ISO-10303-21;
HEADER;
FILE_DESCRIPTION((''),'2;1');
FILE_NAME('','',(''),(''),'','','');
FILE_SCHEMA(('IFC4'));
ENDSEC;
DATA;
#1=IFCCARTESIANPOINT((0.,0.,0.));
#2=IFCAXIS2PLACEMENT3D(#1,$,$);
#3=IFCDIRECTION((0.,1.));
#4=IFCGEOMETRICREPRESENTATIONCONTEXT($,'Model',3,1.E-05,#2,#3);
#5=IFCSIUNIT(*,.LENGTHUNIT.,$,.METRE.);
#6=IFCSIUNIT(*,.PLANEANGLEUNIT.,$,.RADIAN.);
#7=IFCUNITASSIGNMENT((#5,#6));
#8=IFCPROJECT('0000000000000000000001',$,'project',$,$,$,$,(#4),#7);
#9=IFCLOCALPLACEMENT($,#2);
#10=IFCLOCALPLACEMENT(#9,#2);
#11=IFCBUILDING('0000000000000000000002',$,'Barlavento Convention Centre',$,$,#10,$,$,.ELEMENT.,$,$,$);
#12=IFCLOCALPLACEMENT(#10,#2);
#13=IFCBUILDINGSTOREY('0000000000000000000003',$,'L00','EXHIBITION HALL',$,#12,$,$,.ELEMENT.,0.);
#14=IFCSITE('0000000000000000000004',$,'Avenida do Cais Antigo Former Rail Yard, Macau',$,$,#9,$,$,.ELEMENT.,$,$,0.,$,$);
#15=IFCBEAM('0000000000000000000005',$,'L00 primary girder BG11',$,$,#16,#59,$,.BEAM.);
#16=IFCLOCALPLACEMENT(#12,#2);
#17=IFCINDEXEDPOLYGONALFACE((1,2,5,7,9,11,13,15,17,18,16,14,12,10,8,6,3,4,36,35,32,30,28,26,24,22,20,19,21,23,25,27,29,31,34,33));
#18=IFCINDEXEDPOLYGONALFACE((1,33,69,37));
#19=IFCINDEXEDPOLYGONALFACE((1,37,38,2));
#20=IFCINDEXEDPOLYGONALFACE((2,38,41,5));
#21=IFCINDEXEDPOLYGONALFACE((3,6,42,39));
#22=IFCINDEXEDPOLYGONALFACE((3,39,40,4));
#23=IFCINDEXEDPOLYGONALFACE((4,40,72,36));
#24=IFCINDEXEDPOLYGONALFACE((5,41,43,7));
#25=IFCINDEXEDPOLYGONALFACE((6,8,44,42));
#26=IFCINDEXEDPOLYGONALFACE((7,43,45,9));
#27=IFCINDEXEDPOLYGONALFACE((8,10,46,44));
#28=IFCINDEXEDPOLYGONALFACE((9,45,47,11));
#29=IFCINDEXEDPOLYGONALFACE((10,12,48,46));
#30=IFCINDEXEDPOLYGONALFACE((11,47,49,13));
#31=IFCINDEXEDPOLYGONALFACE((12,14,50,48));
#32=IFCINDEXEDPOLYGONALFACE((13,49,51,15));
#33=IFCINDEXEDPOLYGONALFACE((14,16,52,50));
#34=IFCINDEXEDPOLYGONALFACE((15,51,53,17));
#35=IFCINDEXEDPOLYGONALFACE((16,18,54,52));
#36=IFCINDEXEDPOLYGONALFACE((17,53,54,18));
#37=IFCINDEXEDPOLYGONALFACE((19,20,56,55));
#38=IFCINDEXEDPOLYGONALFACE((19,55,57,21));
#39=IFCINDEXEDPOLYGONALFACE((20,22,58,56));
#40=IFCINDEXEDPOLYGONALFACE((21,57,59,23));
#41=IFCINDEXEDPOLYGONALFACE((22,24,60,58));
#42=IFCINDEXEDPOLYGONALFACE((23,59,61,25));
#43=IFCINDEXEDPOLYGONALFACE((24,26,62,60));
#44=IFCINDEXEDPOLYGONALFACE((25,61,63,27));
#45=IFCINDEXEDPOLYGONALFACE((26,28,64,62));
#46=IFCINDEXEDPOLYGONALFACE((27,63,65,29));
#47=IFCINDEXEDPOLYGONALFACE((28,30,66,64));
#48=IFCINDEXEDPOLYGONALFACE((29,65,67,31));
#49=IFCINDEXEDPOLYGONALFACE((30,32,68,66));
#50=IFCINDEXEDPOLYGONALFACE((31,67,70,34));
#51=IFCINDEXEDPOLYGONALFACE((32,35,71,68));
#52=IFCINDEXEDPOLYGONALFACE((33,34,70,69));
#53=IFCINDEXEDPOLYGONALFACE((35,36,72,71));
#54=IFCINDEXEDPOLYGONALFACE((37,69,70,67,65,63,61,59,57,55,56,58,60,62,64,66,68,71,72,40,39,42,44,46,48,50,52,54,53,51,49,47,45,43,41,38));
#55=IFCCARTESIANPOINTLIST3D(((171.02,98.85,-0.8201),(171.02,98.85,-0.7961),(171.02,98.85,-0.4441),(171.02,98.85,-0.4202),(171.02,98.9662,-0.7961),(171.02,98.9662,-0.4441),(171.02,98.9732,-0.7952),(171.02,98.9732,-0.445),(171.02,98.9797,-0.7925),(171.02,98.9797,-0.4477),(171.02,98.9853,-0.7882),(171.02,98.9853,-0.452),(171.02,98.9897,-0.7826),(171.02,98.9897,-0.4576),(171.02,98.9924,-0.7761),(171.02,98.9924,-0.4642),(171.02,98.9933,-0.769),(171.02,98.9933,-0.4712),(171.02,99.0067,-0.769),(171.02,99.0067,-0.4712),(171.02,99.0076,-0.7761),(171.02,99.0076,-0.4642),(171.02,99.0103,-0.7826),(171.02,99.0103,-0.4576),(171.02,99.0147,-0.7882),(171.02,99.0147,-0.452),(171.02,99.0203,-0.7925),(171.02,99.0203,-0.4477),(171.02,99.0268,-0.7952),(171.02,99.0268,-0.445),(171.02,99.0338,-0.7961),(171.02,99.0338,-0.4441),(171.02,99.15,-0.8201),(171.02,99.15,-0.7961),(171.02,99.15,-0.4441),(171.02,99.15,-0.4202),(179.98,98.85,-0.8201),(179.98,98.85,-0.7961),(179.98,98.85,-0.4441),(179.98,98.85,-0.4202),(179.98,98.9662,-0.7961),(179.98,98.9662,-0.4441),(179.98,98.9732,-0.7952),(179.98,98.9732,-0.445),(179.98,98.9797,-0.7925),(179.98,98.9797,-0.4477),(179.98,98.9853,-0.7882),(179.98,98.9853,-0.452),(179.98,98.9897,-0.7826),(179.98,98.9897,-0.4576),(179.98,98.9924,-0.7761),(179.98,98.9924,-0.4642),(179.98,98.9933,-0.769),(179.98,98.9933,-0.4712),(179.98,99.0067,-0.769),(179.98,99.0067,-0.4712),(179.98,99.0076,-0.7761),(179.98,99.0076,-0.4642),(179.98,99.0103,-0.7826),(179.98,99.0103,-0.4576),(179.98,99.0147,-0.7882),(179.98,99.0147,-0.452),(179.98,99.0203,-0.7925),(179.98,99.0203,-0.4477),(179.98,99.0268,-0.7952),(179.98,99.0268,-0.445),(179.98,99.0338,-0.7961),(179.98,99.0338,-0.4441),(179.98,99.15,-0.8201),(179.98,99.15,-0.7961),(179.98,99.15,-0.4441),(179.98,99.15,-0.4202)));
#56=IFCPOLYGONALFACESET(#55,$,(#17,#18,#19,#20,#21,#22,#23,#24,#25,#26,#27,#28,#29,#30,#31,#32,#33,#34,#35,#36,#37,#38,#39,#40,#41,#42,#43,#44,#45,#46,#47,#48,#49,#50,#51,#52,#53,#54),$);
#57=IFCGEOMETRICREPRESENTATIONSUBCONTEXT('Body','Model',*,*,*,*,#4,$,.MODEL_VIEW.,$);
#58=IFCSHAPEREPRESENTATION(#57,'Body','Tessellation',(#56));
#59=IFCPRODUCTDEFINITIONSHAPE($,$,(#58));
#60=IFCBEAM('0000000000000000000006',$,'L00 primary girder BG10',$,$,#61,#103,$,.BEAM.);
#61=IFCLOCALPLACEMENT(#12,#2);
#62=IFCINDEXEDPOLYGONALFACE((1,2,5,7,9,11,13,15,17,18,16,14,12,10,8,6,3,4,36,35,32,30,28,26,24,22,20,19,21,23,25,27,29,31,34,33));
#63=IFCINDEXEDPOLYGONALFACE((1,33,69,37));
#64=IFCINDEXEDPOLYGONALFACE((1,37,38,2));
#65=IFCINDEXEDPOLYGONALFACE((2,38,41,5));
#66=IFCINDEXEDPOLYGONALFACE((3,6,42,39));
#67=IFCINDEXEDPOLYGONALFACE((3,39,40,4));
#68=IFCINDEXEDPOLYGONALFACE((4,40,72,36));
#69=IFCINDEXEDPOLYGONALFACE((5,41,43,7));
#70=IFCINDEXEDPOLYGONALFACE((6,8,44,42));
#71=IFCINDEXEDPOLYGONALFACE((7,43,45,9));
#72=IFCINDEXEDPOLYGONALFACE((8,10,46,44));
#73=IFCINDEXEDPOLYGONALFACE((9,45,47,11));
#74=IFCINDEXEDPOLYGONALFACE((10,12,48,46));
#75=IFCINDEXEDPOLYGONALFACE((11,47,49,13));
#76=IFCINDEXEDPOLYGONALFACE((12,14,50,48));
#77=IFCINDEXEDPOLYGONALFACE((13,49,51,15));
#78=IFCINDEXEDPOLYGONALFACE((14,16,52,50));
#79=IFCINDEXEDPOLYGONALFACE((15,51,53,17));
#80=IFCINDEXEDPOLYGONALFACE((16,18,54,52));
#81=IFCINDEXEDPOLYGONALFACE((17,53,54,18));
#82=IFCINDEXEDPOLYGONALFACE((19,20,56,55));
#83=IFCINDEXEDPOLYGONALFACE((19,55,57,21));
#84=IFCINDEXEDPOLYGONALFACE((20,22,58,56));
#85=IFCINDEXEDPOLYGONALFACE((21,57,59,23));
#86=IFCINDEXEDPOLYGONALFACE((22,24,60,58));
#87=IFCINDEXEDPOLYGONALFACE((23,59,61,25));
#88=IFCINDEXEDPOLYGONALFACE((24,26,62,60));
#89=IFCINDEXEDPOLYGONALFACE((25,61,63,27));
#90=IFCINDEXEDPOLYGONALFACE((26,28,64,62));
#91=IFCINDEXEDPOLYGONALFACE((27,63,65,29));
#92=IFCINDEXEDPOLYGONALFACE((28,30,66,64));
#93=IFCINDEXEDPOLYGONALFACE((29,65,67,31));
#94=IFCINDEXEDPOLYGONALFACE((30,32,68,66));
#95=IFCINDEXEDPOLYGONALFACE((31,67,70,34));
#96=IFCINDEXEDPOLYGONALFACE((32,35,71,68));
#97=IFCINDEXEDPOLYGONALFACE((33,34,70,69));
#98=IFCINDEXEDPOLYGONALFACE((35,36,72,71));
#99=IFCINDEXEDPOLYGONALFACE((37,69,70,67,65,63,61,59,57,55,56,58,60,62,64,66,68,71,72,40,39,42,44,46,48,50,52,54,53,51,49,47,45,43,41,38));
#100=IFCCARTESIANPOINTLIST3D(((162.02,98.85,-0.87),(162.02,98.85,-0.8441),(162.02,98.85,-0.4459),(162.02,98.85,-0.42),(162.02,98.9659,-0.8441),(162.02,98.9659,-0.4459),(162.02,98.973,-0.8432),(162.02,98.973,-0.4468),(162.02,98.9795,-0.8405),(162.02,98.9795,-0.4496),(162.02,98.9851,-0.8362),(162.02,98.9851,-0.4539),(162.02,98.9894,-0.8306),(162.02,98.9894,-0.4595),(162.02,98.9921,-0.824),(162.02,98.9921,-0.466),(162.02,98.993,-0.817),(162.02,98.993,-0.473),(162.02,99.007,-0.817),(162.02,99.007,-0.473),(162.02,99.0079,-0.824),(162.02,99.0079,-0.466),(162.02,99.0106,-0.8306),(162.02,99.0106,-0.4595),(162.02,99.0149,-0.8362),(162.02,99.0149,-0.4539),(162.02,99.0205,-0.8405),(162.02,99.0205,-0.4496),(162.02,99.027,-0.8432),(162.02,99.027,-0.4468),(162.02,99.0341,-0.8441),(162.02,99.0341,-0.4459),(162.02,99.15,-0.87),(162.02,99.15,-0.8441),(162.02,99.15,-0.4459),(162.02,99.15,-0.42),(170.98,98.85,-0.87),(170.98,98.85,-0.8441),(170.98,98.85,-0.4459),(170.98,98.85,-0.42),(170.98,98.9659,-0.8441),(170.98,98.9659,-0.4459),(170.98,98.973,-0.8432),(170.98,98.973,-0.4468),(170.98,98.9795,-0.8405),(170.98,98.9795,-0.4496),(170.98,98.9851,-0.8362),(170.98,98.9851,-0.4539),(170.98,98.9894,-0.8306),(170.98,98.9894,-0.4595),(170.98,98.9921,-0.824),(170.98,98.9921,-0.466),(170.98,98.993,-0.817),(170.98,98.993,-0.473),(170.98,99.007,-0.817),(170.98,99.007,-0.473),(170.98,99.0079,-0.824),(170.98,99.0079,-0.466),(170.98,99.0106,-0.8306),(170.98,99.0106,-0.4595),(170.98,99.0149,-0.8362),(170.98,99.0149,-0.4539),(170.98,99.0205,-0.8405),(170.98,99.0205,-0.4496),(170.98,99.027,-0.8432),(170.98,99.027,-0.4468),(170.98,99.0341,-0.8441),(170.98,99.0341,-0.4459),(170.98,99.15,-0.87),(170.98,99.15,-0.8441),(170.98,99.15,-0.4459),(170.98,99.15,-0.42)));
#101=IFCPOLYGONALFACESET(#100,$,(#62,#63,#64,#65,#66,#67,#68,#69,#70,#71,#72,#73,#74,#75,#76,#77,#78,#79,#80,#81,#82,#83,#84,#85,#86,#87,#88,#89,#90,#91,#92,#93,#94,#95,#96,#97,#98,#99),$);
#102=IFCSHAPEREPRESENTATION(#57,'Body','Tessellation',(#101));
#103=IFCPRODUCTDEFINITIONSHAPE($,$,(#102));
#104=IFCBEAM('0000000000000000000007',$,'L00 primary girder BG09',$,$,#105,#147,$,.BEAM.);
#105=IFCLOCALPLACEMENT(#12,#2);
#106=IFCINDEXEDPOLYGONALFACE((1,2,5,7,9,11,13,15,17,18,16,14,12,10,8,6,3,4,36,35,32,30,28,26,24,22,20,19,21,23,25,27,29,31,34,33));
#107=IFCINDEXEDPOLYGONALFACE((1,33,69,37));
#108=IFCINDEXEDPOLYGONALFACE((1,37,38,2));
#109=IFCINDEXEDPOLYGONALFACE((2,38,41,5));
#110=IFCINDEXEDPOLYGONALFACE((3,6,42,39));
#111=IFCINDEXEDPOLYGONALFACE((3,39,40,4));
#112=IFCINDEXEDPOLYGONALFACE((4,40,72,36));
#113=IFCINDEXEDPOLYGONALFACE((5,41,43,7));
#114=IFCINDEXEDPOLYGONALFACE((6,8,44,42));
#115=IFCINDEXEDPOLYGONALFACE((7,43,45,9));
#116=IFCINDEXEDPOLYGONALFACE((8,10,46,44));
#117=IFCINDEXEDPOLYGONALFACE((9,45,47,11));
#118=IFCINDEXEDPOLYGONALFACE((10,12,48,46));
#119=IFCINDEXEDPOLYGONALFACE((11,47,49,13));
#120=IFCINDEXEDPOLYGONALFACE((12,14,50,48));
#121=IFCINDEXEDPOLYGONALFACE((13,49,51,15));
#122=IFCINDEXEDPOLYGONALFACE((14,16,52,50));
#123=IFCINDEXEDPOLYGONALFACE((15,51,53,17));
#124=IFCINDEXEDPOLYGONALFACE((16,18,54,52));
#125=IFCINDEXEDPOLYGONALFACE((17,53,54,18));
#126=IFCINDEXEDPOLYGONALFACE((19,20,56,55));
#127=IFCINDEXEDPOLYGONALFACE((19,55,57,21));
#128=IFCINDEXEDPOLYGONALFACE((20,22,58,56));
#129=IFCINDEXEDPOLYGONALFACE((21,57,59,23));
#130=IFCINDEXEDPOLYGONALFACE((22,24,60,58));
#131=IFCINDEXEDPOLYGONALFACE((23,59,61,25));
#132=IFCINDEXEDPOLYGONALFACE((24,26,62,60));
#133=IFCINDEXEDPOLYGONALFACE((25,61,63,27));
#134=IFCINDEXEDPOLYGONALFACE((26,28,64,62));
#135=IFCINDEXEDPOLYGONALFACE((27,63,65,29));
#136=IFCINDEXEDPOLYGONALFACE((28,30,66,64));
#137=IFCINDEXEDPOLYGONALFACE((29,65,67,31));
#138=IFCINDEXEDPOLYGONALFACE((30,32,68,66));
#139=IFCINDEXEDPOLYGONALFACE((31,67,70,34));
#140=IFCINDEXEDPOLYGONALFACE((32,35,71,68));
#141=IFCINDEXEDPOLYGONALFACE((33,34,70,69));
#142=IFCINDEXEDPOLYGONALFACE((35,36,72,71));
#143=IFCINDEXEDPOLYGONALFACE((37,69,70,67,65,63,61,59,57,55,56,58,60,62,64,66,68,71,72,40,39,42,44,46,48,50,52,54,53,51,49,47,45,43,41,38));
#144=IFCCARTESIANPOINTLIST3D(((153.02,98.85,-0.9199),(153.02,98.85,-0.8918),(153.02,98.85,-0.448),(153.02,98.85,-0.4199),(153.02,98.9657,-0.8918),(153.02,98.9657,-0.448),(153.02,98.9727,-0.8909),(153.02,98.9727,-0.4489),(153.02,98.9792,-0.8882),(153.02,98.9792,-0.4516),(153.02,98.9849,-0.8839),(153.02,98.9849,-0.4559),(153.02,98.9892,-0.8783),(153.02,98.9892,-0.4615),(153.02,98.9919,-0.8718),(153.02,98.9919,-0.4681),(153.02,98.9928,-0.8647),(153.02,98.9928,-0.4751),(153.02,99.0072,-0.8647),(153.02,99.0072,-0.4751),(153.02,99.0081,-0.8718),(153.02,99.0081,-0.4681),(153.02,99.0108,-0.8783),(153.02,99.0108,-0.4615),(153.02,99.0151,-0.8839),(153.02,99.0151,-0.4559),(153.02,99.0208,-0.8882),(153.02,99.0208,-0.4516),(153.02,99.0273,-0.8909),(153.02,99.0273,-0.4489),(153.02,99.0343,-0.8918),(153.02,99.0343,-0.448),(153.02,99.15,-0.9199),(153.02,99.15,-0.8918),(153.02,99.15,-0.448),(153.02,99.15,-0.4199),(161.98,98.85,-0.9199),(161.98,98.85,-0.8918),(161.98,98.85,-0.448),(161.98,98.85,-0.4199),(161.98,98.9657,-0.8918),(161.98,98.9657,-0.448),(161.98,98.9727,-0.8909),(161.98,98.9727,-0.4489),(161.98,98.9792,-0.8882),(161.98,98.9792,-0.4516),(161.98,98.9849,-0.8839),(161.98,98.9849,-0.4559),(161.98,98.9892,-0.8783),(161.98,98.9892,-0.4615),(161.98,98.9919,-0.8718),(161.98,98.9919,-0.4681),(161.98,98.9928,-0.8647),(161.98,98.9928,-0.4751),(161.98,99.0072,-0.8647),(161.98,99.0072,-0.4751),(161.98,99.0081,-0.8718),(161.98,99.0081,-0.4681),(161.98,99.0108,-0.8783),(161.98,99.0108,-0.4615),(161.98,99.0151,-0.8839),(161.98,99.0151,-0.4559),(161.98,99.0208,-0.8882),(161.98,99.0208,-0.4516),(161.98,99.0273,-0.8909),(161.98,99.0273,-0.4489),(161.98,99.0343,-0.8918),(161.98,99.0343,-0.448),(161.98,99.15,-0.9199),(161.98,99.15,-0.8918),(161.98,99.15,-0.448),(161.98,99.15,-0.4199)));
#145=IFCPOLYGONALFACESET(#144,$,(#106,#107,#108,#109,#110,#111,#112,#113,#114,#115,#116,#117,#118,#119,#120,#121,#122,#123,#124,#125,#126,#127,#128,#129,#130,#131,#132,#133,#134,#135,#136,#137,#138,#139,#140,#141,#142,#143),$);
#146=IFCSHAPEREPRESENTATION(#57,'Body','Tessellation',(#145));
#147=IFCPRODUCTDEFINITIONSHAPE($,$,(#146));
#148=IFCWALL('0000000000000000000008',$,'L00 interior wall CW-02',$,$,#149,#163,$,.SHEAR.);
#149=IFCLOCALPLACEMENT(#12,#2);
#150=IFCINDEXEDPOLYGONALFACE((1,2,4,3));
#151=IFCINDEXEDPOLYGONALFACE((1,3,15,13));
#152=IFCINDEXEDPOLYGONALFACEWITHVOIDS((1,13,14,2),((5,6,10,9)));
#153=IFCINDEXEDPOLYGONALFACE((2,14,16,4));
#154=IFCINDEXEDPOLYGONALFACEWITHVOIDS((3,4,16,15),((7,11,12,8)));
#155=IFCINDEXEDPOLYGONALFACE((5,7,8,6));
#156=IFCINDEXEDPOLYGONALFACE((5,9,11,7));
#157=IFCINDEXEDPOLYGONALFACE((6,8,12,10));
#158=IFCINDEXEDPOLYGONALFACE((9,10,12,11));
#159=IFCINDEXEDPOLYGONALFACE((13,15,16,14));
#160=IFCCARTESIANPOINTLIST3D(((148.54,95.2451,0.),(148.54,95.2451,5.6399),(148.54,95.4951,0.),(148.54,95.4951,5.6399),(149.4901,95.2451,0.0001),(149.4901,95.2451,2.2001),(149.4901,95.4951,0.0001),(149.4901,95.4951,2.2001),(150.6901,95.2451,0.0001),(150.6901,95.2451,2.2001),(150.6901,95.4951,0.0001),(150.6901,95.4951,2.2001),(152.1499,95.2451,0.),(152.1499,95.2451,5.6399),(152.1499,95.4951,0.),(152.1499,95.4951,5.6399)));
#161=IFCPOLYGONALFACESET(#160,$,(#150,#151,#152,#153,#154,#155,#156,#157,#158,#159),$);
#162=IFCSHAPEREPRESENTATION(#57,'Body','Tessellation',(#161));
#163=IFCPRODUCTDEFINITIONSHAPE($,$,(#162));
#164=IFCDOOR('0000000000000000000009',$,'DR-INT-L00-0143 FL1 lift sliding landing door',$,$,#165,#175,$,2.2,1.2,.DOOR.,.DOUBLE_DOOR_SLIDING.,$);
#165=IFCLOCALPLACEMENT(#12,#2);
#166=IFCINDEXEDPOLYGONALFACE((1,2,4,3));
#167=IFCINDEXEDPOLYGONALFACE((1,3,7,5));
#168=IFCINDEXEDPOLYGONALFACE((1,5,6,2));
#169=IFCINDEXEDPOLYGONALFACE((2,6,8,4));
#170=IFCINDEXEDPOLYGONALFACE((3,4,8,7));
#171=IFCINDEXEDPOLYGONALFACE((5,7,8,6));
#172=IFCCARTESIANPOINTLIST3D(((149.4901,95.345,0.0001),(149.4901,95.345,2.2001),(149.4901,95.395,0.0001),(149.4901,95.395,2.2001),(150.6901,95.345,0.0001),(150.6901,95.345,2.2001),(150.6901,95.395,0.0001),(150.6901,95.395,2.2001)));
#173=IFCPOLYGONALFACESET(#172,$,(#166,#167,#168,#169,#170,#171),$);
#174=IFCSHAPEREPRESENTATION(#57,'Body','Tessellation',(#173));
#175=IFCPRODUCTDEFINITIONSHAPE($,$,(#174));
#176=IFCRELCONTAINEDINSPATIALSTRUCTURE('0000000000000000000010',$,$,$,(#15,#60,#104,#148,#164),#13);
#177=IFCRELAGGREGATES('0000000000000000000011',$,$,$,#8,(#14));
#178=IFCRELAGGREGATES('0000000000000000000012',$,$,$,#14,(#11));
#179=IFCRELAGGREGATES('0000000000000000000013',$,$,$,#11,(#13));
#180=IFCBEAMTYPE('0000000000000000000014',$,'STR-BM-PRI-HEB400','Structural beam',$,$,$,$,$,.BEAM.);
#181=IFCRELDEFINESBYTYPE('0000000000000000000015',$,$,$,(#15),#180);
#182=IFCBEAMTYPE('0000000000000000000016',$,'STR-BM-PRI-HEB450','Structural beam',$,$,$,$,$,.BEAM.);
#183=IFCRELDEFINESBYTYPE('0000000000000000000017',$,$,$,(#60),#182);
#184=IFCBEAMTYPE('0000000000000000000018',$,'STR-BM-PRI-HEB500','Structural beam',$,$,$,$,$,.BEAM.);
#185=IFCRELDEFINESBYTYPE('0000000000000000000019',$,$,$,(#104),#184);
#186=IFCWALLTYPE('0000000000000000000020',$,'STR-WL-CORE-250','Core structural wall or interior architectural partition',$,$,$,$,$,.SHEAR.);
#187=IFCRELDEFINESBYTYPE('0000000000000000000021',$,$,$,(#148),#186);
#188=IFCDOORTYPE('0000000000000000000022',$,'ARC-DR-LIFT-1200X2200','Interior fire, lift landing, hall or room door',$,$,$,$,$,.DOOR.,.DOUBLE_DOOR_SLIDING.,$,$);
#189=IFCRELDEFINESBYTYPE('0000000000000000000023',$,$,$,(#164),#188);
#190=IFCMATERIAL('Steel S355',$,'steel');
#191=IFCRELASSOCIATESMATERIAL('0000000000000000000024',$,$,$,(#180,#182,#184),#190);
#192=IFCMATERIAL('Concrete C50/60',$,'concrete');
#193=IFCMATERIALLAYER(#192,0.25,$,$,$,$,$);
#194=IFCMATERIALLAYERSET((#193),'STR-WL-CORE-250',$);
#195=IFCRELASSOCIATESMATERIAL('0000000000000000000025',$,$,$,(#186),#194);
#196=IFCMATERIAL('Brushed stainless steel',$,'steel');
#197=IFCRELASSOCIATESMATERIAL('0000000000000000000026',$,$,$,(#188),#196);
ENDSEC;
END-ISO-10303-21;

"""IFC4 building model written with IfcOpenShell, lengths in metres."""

from ifc_helpers import new_model, si_unit, direction, frame, frame_2d, origin, origin_2d, place, context, subcontext, project, spatial, rectangle, i_section, extrude, material, layer, layer_set, material_profile, profile_set, type_object, element, fill, save


model = new_model("IFC4")

# Units and contexts
model_context = context("Model", 3, precision=1e-05, world=origin(), true_north=direction((0.0, 1.0)))
body_context = subcontext(model_context, "Body", "Model", "MODEL_VIEW")
ifc_project = project(units=[si_unit("LENGTHUNIT", "METRE"), si_unit("PLANEANGLEUNIT", "RADIAN")], contexts=[model_context])

# Site, building, storey
site_placement = place(None, origin())
site = spatial("IfcSite", under=ifc_project, at=site_placement, Name="Avenida do Cais Antigo Former Rail Yard, Macau", CompositionType="ELEMENT", RefElevation=0.0)
building_placement = place(site_placement, origin())
building = spatial("IfcBuilding", under=site, at=building_placement, Name="Barlavento Convention Centre", CompositionType="ELEMENT")
storey_placement = place(building_placement, origin())
storey = spatial("IfcBuildingStorey", under=building, at=storey_placement, Name="L00", Description="EXHIBITION HALL", CompositionType="ELEMENT", Elevation=0.0)

# Shared definitions
ifc_material_1 = material(Name="Concrete C50/60", Category="concrete")

# Beams
ifc_material_2 = material(Name="Steel S355", Category="steel")
ifc_material_profile_1 = material_profile(ifc_material_2, i_section(OverallWidth=0.3, OverallDepth=0.3999, WebThickness=0.0134, FlangeThickness=0.0239, FilletRadius=0.0271, at=origin_2d()), Name="HEB 400")
ifc_profile_set_1 = profile_set([ifc_material_profile_1], Name="Steel S355")
beam_type_1 = type_object("IfcBeamType", Name="STR-BM-PRI-HEB400", Description="Structural beam", PredefinedType="BEAM", material=ifc_profile_set_1)
beam_1_placement = place(storey_placement, frame((171.02, 99.0, -0.6201), z_axis=(1.0, 0.0, 0.0), x_axis=(0.0, 1.0, 0.0)))
element("IfcBeam", 1, at=beam_1_placement, inside=storey, type_object=beam_type_1, Name="L00 primary girder BG11", PredefinedType="BEAM", context=body_context, shape_type="SweptSolid", body=[
    extrude(i_section(OverallWidth=0.3, OverallDepth=0.3999, WebThickness=0.0134, FlangeThickness=0.0239, FilletRadius=0.0271, at=origin_2d()), origin(), (0.0, 0.0, 1.0), 8.96),
])
ifc_material_profile_2 = material_profile(ifc_material_2, i_section(OverallWidth=0.3, OverallDepth=0.45, WebThickness=0.0139, FlangeThickness=0.0259, FilletRadius=0.0271, at=origin_2d()), Name="HEB 450")
ifc_profile_set_2 = profile_set([ifc_material_profile_2], Name="Steel S355")
beam_type_2 = type_object("IfcBeamType", Name="STR-BM-PRI-HEB450", Description="Structural beam", PredefinedType="BEAM", material=ifc_profile_set_2)
beam_2_placement = place(storey_placement, frame((162.02, 99.0, -0.645), z_axis=(1.0, 0.0, 0.0), x_axis=(0.0, 1.0, 0.0)))
element("IfcBeam", 2, at=beam_2_placement, inside=storey, type_object=beam_type_2, Name="L00 primary girder BG10", PredefinedType="BEAM", context=body_context, shape_type="SweptSolid", body=[
    extrude(i_section(OverallWidth=0.3, OverallDepth=0.45, WebThickness=0.0139, FlangeThickness=0.0259, FilletRadius=0.0271, at=origin_2d()), origin(), (0.0, 0.0, 1.0), 8.96),
])
ifc_material_profile_3 = material_profile(ifc_material_2, i_section(OverallWidth=0.3, OverallDepth=0.5, WebThickness=0.0144, FlangeThickness=0.0281, FilletRadius=0.0271, at=origin_2d()), Name="HEB 500")
ifc_profile_set_3 = profile_set([ifc_material_profile_3], Name="Steel S355")
beam_type_3 = type_object("IfcBeamType", Name="STR-BM-PRI-HEB500", Description="Structural beam", PredefinedType="BEAM", material=ifc_profile_set_3)
beam_3_placement = place(storey_placement, frame((153.02, 99.0, -0.6699), z_axis=(1.0, 0.0, 0.0), x_axis=(0.0, 1.0, 0.0)))
element("IfcBeam", 3, at=beam_3_placement, inside=storey, type_object=beam_type_3, Name="L00 primary girder BG09", PredefinedType="BEAM", context=body_context, shape_type="SweptSolid", body=[
    extrude(i_section(OverallWidth=0.3, OverallDepth=0.5, WebThickness=0.0144, FlangeThickness=0.0281, FilletRadius=0.0271, at=origin_2d()), origin(), (0.0, 0.0, 1.0), 8.96),
])

# Wall, opening, door
ifc_layer = layer(ifc_material_1, 0.25)
ifc_layer_set = layer_set([ifc_layer], Name="STR-WL-CORE-250")
wall_type = type_object("IfcWallType", Name="STR-WL-CORE-250", Description="Core structural wall or interior architectural partition", PredefinedType="SHEAR", material=ifc_layer_set)
wall_placement = place(storey_placement, frame((148.54, 95.3701, 0.0), z_axis=(0.0, 0.0, 1.0), x_axis=(1.0, 0.0, 0.0)))
wall = element("IfcWall", 4, at=wall_placement, inside=storey, type_object=wall_type, Name="L00 interior wall CW-02", PredefinedType="SHEAR", context=body_context, shape_type="SweptSolid", body=[
    extrude(rectangle(XDim=3.6099, YDim=0.25, at=frame_2d((1.8049, 0.0))), origin(), (0.0, 0.0, 1.0), 5.6399),
])
opening_placement = place(wall_placement, frame((0.95, 0.0, 0.0)))
opening = element("IfcOpeningElement", 5, at=opening_placement, cuts=wall, PredefinedType="OPENING", context=body_context, shape_type="SweptSolid", body=[
    extrude(rectangle(XDim=1.2, YDim=2.2, at=frame_2d((0.6001, 1.1001))), frame((0.0, 0.135, 0.0), z_axis=(0.0, -1.0, 0.0), x_axis=(1.0, 0.0, 0.0)), (0.0, 0.0, 1.0), 0.27),
])
ifc_material_3 = material(Name="Brushed stainless steel", Category="steel")
door_type = type_object("IfcDoorType", Name="ARC-DR-LIFT-1200X2200", Description="Interior fire, lift landing, hall or room door", OperationType="DOUBLE_DOOR_SLIDING", PredefinedType="DOOR", material=ifc_material_3)
door_placement = place(opening_placement, origin())
door = element("IfcDoor", 6, at=door_placement, inside=storey, type_object=door_type, Name="DR-INT-L00-0143 FL1 lift sliding landing door", OperationType="DOUBLE_DOOR_SLIDING", OverallHeight=2.2, OverallWidth=1.2, PredefinedType="DOOR", context=body_context, shape_type="SweptSolid", body=[
    extrude(rectangle(XDim=1.2, YDim=2.2, at=frame_2d((0.6001, 1.1001))), frame((0.0, 0.0249, 0.0), z_axis=(0.0, -1.0, 0.0), x_axis=(1.0, 0.0, 0.0)), (0.0, 0.0, 1.0), 0.05),
])
fill(opening, door)

save(model, "model.ifc")
